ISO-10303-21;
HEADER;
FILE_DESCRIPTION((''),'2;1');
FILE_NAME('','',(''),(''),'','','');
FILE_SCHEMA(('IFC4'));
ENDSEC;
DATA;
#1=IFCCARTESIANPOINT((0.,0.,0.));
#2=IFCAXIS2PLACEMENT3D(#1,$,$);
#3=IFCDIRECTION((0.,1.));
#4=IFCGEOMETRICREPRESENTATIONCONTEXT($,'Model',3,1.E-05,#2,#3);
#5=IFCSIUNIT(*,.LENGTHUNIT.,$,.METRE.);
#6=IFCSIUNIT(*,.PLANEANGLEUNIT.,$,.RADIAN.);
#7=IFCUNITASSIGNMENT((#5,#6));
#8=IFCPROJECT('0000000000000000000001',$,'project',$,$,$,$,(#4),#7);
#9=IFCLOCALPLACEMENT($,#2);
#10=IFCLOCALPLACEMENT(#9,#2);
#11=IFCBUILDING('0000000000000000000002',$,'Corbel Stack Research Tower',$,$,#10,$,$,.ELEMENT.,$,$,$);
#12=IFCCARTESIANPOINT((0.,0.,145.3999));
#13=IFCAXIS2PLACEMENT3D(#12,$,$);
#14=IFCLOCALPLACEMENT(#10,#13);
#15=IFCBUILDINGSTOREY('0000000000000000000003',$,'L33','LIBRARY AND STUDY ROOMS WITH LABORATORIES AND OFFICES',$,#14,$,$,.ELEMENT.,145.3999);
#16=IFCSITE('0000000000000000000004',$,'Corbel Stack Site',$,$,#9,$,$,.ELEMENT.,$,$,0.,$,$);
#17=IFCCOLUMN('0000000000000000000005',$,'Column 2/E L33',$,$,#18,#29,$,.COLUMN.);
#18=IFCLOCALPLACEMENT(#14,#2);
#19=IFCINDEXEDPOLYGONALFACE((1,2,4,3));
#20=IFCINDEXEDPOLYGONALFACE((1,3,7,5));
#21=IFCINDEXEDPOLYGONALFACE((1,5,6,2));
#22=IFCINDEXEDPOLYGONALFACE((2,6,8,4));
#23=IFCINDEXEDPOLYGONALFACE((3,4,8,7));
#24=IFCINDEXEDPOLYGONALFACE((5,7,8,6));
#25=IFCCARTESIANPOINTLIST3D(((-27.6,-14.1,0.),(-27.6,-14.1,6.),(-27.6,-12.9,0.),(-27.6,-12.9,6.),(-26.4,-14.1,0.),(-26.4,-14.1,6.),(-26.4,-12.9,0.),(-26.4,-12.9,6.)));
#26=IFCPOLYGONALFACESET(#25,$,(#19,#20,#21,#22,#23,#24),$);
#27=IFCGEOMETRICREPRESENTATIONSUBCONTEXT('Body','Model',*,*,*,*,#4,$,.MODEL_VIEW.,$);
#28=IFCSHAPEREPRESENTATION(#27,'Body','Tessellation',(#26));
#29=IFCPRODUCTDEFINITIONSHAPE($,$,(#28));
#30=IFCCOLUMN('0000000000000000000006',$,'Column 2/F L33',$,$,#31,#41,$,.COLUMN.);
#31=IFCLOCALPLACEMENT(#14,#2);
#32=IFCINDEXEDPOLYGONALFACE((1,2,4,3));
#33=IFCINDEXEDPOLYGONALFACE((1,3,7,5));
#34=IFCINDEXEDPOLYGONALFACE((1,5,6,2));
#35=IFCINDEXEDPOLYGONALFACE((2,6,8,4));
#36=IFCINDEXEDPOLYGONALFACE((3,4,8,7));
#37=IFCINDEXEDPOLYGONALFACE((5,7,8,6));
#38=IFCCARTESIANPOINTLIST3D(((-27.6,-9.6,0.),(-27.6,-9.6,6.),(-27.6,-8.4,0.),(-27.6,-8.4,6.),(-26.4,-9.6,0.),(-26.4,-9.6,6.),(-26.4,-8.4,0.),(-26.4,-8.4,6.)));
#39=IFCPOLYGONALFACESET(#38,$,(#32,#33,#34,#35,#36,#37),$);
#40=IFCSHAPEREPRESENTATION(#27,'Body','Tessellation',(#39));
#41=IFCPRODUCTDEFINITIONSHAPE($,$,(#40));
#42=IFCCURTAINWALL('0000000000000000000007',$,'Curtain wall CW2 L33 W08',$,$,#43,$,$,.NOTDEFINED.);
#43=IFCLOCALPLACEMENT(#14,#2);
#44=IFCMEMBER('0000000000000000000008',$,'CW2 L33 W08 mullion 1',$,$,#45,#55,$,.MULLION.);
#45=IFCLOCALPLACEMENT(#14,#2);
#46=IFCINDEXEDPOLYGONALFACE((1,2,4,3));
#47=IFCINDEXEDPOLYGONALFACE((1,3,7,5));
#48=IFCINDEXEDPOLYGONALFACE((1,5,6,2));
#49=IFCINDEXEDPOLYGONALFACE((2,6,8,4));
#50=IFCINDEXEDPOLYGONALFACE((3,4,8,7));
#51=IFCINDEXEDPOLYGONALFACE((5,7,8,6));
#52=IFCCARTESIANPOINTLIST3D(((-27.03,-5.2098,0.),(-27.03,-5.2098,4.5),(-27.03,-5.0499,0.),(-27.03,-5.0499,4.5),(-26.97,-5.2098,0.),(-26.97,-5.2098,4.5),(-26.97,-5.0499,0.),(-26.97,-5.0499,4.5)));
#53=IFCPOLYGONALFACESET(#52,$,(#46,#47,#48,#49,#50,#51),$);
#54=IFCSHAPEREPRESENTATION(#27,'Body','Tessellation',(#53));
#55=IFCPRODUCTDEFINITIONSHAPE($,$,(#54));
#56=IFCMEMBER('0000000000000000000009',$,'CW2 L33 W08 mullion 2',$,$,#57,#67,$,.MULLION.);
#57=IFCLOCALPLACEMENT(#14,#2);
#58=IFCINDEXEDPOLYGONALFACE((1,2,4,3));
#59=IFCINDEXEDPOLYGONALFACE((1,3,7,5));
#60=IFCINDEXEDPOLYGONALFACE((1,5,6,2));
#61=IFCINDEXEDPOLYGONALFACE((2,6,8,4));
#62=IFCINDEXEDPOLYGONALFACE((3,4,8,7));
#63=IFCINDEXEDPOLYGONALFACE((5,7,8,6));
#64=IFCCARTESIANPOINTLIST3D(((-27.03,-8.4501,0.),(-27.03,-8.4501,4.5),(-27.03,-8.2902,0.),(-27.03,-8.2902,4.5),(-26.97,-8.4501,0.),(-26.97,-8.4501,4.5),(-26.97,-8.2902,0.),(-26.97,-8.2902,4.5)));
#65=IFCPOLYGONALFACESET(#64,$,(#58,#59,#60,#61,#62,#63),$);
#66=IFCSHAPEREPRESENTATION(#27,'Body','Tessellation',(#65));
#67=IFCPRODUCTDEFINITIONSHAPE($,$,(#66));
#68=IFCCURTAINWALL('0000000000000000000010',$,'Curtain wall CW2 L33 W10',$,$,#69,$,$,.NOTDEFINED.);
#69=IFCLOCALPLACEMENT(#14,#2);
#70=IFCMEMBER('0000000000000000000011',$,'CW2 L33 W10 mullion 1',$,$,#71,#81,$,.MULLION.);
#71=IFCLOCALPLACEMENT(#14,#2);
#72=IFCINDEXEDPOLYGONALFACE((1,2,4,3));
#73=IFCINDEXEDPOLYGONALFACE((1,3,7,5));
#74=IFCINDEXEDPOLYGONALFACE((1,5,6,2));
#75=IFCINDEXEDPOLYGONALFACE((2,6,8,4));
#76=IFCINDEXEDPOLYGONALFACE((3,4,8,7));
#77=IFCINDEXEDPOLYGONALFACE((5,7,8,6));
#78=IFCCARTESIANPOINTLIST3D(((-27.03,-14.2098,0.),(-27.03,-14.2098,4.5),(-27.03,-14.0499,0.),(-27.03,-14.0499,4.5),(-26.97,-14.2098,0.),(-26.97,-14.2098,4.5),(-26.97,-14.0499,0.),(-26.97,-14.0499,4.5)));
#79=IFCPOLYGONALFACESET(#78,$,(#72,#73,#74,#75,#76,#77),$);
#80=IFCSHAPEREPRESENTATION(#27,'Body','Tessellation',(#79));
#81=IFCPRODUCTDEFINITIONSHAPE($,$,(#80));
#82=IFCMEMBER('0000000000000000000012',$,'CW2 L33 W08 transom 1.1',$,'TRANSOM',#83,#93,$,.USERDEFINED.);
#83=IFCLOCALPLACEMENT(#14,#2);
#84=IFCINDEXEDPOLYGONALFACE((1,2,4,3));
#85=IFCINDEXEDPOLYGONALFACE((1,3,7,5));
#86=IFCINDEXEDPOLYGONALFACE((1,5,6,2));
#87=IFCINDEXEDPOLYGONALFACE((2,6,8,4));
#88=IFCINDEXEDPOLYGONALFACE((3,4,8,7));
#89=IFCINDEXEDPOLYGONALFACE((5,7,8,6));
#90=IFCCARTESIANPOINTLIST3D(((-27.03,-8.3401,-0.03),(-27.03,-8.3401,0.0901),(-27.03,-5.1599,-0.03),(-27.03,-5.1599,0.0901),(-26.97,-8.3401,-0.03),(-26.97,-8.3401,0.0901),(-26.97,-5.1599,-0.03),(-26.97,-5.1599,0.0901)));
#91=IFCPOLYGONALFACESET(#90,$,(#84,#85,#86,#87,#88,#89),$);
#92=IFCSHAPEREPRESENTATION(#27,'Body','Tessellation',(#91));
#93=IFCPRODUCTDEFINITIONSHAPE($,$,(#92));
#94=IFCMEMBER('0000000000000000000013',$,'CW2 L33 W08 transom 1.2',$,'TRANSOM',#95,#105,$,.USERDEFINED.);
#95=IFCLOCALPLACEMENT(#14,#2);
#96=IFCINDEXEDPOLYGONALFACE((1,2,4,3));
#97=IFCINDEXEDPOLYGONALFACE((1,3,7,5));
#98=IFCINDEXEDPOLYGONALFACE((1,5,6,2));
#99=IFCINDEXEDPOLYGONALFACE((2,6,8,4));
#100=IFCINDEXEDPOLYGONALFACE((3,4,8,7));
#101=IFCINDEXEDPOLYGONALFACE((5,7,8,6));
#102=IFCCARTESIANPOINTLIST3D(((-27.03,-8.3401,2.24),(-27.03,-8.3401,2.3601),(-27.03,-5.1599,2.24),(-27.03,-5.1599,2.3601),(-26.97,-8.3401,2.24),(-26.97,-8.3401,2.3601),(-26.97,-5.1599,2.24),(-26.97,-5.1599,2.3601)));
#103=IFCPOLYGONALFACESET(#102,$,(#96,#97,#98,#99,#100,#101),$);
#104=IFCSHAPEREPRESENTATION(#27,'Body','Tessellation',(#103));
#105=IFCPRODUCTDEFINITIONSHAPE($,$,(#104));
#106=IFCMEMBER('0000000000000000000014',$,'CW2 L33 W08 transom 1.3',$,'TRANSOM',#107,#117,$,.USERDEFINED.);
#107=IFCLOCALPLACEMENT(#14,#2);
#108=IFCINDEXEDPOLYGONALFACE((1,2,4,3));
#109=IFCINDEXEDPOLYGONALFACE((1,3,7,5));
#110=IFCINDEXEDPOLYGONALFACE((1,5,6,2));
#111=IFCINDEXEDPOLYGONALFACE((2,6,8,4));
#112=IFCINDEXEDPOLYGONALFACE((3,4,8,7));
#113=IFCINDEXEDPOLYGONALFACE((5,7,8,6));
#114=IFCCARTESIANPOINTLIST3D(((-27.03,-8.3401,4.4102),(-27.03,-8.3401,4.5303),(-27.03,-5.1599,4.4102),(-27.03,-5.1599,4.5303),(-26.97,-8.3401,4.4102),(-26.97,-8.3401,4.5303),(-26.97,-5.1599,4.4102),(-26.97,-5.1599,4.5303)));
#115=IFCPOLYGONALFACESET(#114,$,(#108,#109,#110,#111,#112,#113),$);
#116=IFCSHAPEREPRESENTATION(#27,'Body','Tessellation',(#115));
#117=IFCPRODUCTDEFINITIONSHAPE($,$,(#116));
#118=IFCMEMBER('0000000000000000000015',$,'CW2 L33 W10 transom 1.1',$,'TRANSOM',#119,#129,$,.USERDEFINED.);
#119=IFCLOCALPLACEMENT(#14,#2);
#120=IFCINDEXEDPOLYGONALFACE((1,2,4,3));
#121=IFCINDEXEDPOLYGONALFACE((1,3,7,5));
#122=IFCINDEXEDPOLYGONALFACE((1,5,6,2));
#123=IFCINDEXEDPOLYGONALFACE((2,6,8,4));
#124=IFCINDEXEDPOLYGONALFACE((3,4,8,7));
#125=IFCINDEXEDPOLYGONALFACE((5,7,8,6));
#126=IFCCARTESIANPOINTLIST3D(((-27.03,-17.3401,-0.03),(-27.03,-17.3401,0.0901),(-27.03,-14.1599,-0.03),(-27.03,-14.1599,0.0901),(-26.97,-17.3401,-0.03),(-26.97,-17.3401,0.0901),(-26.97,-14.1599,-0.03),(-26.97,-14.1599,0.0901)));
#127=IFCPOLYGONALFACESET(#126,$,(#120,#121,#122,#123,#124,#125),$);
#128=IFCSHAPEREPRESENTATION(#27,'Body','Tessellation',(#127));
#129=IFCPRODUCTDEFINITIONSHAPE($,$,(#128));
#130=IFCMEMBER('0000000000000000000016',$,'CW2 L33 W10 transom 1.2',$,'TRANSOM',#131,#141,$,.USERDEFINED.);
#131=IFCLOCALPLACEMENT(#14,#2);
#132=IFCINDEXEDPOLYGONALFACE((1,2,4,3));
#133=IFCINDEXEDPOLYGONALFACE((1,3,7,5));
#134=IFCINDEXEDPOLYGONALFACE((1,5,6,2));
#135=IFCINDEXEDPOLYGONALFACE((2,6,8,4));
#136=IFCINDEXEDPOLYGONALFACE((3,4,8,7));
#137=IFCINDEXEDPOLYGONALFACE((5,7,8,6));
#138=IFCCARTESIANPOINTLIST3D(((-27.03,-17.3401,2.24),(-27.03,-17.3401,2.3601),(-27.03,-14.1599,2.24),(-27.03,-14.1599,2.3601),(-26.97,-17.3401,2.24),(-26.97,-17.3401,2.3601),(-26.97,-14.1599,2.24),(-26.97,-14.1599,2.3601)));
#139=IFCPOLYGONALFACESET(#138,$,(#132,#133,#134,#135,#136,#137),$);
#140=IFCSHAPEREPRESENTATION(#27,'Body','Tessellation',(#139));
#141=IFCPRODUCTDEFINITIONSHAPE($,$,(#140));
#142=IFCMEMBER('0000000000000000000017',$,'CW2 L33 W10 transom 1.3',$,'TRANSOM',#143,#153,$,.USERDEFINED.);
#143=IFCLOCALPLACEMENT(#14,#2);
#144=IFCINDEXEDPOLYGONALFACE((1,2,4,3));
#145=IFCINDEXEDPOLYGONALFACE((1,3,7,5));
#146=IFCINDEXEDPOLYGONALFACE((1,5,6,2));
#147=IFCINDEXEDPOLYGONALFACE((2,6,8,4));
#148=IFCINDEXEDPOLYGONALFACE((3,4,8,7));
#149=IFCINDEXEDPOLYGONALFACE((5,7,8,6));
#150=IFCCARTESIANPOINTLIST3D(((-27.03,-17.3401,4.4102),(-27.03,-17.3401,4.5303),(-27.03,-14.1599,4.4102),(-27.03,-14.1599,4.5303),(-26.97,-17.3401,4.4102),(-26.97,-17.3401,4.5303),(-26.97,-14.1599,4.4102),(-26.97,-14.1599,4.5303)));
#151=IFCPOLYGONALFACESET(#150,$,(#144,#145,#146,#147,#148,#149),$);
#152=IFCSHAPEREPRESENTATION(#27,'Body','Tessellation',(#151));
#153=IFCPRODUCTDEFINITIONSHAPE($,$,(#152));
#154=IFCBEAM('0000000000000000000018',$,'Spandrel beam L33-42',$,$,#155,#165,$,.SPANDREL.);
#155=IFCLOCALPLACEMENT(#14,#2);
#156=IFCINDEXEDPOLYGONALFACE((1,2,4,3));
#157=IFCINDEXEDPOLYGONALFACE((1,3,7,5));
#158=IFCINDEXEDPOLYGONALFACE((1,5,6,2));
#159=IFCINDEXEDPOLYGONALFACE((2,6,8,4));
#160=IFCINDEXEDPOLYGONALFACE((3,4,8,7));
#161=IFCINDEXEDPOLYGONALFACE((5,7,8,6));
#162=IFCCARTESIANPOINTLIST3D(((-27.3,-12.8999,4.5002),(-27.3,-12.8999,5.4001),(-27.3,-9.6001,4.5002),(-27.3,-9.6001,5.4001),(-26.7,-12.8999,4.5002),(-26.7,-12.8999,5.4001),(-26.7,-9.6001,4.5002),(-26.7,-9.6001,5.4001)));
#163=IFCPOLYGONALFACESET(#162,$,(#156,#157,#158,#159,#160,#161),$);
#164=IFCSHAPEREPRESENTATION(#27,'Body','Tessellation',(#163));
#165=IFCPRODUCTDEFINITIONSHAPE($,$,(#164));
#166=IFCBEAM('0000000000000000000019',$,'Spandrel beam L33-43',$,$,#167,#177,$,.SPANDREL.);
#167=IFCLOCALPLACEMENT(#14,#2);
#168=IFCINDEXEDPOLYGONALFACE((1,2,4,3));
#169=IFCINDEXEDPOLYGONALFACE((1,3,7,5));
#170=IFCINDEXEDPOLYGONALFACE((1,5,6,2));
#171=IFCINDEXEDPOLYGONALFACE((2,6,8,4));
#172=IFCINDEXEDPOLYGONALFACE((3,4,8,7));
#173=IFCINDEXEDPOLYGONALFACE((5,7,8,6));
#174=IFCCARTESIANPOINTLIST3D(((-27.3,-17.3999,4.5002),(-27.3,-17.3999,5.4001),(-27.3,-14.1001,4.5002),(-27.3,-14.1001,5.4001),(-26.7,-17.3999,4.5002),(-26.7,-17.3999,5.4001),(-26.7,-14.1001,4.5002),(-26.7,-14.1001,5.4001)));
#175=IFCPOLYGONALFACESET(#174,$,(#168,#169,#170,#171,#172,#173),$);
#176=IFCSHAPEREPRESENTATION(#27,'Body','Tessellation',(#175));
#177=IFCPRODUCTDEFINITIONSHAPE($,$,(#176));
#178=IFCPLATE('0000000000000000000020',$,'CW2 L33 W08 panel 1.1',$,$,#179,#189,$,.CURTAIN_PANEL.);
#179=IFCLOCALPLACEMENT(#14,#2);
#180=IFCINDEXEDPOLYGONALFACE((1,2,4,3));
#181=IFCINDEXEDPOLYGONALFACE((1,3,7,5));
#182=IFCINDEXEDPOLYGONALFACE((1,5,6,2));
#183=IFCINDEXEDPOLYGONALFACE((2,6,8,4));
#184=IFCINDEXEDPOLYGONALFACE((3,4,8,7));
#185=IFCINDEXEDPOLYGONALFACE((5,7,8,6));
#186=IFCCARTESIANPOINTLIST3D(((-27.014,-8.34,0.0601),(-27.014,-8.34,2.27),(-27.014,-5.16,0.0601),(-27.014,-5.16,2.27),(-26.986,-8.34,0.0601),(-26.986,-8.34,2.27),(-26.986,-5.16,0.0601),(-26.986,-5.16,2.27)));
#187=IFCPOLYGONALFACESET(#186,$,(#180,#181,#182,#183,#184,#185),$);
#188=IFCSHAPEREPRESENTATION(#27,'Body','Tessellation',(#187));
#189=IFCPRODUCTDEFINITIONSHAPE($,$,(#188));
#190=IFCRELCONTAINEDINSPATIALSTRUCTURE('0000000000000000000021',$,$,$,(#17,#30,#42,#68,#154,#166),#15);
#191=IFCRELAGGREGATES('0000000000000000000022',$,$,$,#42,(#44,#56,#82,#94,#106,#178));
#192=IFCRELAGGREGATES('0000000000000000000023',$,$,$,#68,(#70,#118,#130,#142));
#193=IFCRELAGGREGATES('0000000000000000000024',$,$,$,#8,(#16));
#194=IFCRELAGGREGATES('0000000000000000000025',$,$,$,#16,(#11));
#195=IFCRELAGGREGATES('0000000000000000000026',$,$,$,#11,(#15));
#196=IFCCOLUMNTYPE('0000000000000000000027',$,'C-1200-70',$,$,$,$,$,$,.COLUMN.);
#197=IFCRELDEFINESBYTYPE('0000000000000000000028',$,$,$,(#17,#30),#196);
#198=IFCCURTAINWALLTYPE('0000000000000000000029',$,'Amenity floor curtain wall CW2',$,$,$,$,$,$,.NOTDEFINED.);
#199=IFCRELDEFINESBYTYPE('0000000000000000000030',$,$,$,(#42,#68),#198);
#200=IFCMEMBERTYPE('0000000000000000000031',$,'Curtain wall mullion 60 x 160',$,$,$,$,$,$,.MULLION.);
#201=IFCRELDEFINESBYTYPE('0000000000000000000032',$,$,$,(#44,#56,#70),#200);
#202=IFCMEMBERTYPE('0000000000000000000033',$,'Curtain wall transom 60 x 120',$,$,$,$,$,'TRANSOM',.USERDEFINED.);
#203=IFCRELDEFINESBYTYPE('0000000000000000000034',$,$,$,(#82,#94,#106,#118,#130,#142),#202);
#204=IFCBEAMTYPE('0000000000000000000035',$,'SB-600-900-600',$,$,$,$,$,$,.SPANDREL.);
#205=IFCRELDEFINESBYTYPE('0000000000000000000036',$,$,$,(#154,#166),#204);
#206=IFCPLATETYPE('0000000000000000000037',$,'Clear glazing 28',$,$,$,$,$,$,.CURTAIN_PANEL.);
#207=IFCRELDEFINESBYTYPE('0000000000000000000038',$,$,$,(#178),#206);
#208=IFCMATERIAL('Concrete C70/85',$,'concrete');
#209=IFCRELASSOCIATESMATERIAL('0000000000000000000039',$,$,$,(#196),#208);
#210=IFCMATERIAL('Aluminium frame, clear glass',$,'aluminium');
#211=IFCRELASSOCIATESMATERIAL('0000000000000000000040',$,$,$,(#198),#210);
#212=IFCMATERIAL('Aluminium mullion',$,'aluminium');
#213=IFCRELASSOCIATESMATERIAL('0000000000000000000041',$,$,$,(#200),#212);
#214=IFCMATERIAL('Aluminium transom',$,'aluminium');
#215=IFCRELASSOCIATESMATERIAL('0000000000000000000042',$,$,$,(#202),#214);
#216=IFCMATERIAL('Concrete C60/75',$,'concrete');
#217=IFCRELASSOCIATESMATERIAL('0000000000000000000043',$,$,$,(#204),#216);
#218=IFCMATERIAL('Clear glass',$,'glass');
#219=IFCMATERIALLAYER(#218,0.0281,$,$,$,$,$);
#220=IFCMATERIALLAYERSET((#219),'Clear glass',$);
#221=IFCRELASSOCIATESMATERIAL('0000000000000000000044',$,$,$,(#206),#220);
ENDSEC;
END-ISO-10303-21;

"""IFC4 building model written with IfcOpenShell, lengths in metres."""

from ifc_helpers import new_model, si_unit, direction, frame, origin, origin_2d, place, context, subcontext, project, spatial, rectangle, extrude, material, layer, layer_set, material_profile, profile_set, type_object, element, aggregate, save


model = new_model("IFC4")

# Units and contexts
model_context = context("Model", 3, precision=1e-05, world=origin(), true_north=direction((0.0, 1.0)))
body_context = subcontext(model_context, "Body", "Model", "MODEL_VIEW")
ifc_project = project(units=[si_unit("LENGTHUNIT", "METRE"), si_unit("PLANEANGLEUNIT", "RADIAN")], contexts=[model_context])

# Site, building, storey
site_placement = place(None, origin())
site = spatial("IfcSite", under=ifc_project, at=site_placement, Name="Corbel Stack Site", CompositionType="ELEMENT", RefElevation=0.0)
building_placement = place(site_placement, origin())
building = spatial("IfcBuilding", under=site, at=building_placement, Name="Corbel Stack Research Tower", CompositionType="ELEMENT")
storey_placement = place(building_placement, frame((0.0, 0.0, 145.3999)))
storey = spatial("IfcBuildingStorey", under=building, at=storey_placement, Name="L33", Description="LIBRARY AND STUDY ROOMS WITH LABORATORIES AND OFFICES", CompositionType="ELEMENT", Elevation=145.3999)

# Columns
ifc_material_1 = material(Name="Concrete C70/85", Category="concrete")
ifc_material_profile_1 = material_profile(ifc_material_1, rectangle(XDim=1.2, YDim=1.2, at=origin_2d()), Name="RC 1200 x 1200")
ifc_profile_set_1 = profile_set([ifc_material_profile_1], Name="Concrete C70/85")
column_type = type_object("IfcColumnType", Name="C-1200-70", PredefinedType="COLUMN", material=ifc_profile_set_1)
for number, where, z_axis, x_axis, name in (
    (1, (-27.0, -13.5, 0.0), (0.0, 0.0, 1.0), (1.0, 0.0, 0.0), "Column 2/E L33"),
    (2, (-27.0, -9.0, 0.0), (0.0, 0.0, 1.0), (1.0, 0.0, 0.0), "Column 2/F L33"),
):
    element("IfcColumn", number, at=place(storey_placement, frame(where, z_axis=z_axis, x_axis=x_axis)), inside=storey, type_object=column_type, Name=name, PredefinedType="COLUMN", context=body_context, shape_type="SweptSolid", body=[
        extrude(rectangle(XDim=1.2, YDim=1.2, at=origin_2d()), origin(), (0.0, 0.0, 1.0), 6.0),
    ])

# Curtain wall, members
ifc_material_2 = material(Name="Aluminium frame, clear glass", Category="aluminium")
curtain_wall_type = type_object("IfcCurtainWallType", Name="Amenity floor curtain wall CW2", PredefinedType="NOTDEFINED", material=ifc_material_2)
curtain_wall_1_placement = place(storey_placement, origin())
curtain_wall_1 = element("IfcCurtainWall", 3, at=curtain_wall_1_placement, inside=storey, type_object=curtain_wall_type, Name="Curtain wall CW2 L33 W08", PredefinedType="NOTDEFINED")
ifc_material_3 = material(Name="Aluminium mullion", Category="aluminium")
ifc_material_profile_2 = material_profile(ifc_material_3, rectangle(XDim=0.0601, YDim=0.1599, at=origin_2d()), Name="Mullion 60 x 160")
ifc_profile_set_2 = profile_set([ifc_material_profile_2], Name="Aluminium mullion")
member_type_1 = type_object("IfcMemberType", Name="Curtain wall mullion 60 x 160", PredefinedType="MULLION", material=ifc_profile_set_2)
member_1_placement = place(storey_placement, frame((-27.0, -5.1299, 0.0), z_axis=(0.0, 0.0, 1.0), x_axis=(1.0, 0.0, 0.0)))
member_1 = element("IfcMember", 4, at=member_1_placement, type_object=member_type_1, Name="CW2 L33 W08 mullion 1", PredefinedType="MULLION", context=body_context, shape_type="SweptSolid", body=[
    extrude(rectangle(XDim=0.0601, YDim=0.1599, at=origin_2d()), origin(), (0.0, 0.0, 1.0), 4.5),
])
member_2_placement = place(storey_placement, frame((-27.0, -8.3701, 0.0), z_axis=(0.0, 0.0, 1.0), x_axis=(1.0, 0.0, 0.0)))
member_2 = element("IfcMember", 5, at=member_2_placement, type_object=member_type_1, Name="CW2 L33 W08 mullion 2", PredefinedType="MULLION", context=body_context, shape_type="SweptSolid", body=[
    extrude(rectangle(XDim=0.0601, YDim=0.1599, at=origin_2d()), origin(), (0.0, 0.0, 1.0), 4.5),
])

# Curtain wall, member
curtain_wall_2_placement = place(storey_placement, origin())
curtain_wall_2 = element("IfcCurtainWall", 6, at=curtain_wall_2_placement, inside=storey, type_object=curtain_wall_type, Name="Curtain wall CW2 L33 W10", PredefinedType="NOTDEFINED")
member_3_placement = place(storey_placement, frame((-27.0, -14.1299, 0.0), z_axis=(0.0, 0.0, 1.0), x_axis=(1.0, 0.0, 0.0)))
member_3 = element("IfcMember", 7, at=member_3_placement, type_object=member_type_1, Name="CW2 L33 W10 mullion 1", PredefinedType="MULLION", context=body_context, shape_type="SweptSolid", body=[
    extrude(rectangle(XDim=0.0601, YDim=0.1599, at=origin_2d()), origin(), (0.0, 0.0, 1.0), 4.5),
])

# Members
ifc_material_4 = material(Name="Aluminium transom", Category="aluminium")
ifc_material_profile_3 = material_profile(ifc_material_4, rectangle(XDim=0.0601, YDim=0.1201, at=origin_2d()), Name="Transom 60 x 120")
ifc_profile_set_3 = profile_set([ifc_material_profile_3], Name="Aluminium transom")
member_type_2 = type_object("IfcMemberType", Name="Curtain wall transom 60 x 120", ElementType="TRANSOM", PredefinedType="USERDEFINED", material=ifc_profile_set_3)
member_4_placement = place(storey_placement, frame((-27.0, -5.1599, 0.03), z_axis=(0.0, -1.0, 0.0), x_axis=(1.0, 0.0, 0.0)))
member_4 = element("IfcMember", 8, at=member_4_placement, type_object=member_type_2, Name="CW2 L33 W08 transom 1.1", ObjectType="TRANSOM", PredefinedType="USERDEFINED", context=body_context, shape_type="SweptSolid", body=[
    extrude(rectangle(XDim=0.0601, YDim=0.1201, at=origin_2d()), origin(), (0.0, 0.0, 1.0), 3.1802),
])
member_5_placement = place(storey_placement, frame((-27.0, -5.1599, 2.3), z_axis=(0.0, -1.0, 0.0), x_axis=(1.0, 0.0, 0.0)))
member_5 = element("IfcMember", 9, at=member_5_placement, type_object=member_type_2, Name="CW2 L33 W08 transom 1.2", ObjectType="TRANSOM", PredefinedType="USERDEFINED", context=body_context, shape_type="SweptSolid", body=[
    extrude(rectangle(XDim=0.0601, YDim=0.1201, at=origin_2d()), origin(), (0.0, 0.0, 1.0), 3.1802),
])
member_6_placement = place(storey_placement, frame((-27.0, -5.1599, 4.4702), z_axis=(0.0, -1.0, 0.0), x_axis=(1.0, 0.0, 0.0)))
member_6 = element("IfcMember", 10, at=member_6_placement, type_object=member_type_2, Name="CW2 L33 W08 transom 1.3", ObjectType="TRANSOM", PredefinedType="USERDEFINED", context=body_context, shape_type="SweptSolid", body=[
    extrude(rectangle(XDim=0.0601, YDim=0.1201, at=origin_2d()), origin(), (0.0, 0.0, 1.0), 3.1802),
])
member_7_placement = place(storey_placement, frame((-27.0, -14.1599, 0.03), z_axis=(0.0, -1.0, 0.0), x_axis=(1.0, 0.0, 0.0)))
member_7 = element("IfcMember", 11, at=member_7_placement, type_object=member_type_2, Name="CW2 L33 W10 transom 1.1", ObjectType="TRANSOM", PredefinedType="USERDEFINED", context=body_context, shape_type="SweptSolid", body=[
    extrude(rectangle(XDim=0.0601, YDim=0.1201, at=origin_2d()), origin(), (0.0, 0.0, 1.0), 3.1802),
])
member_8_placement = place(storey_placement, frame((-27.0, -14.1599, 2.3), z_axis=(0.0, -1.0, 0.0), x_axis=(1.0, 0.0, 0.0)))
member_8 = element("IfcMember", 12, at=member_8_placement, type_object=member_type_2, Name="CW2 L33 W10 transom 1.2", ObjectType="TRANSOM", PredefinedType="USERDEFINED", context=body_context, shape_type="SweptSolid", body=[
    extrude(rectangle(XDim=0.0601, YDim=0.1201, at=origin_2d()), origin(), (0.0, 0.0, 1.0), 3.1802),
])
member_9_placement = place(storey_placement, frame((-27.0, -14.1599, 4.4702), z_axis=(0.0, -1.0, 0.0), x_axis=(1.0, 0.0, 0.0)))
member_9 = element("IfcMember", 13, at=member_9_placement, type_object=member_type_2, Name="CW2 L33 W10 transom 1.3", ObjectType="TRANSOM", PredefinedType="USERDEFINED", context=body_context, shape_type="SweptSolid", body=[
    extrude(rectangle(XDim=0.0601, YDim=0.1201, at=origin_2d()), origin(), (0.0, 0.0, 1.0), 3.1802),
])

# Beams
ifc_material_5 = material(Name="Concrete C60/75", Category="concrete")
ifc_material_profile_4 = material_profile(ifc_material_5, rectangle(XDim=0.6001, YDim=0.8999, at=origin_2d()), Name="RC 600 x 900")
ifc_profile_set_4 = profile_set([ifc_material_profile_4], Name="Concrete C60/75")
beam_type = type_object("IfcBeamType", Name="SB-600-900-600", PredefinedType="SPANDREL", material=ifc_profile_set_4)
for number, where, z_axis, x_axis, name in (
    (14, (-27.0, -9.6001, 4.9502), (0.0, -1.0, 0.0), (1.0, 0.0, 0.0), "Spandrel beam L33-42"),
    (15, (-27.0, -14.1001, 4.9502), (0.0, -1.0, 0.0), (1.0, 0.0, 0.0), "Spandrel beam L33-43"),
):
    element("IfcBeam", number, at=place(storey_placement, frame(where, z_axis=z_axis, x_axis=x_axis)), inside=storey, type_object=beam_type, Name=name, PredefinedType="SPANDREL", context=body_context, shape_type="SweptSolid", body=[
        extrude(rectangle(XDim=0.6001, YDim=0.8999, at=origin_2d()), origin(), (0.0, 0.0, 1.0), 3.2998),
    ])

# Plate
ifc_material_6 = material(Name="Clear glass", Category="glass")
ifc_layer_1 = layer(ifc_material_6, 0.0281)
ifc_layer_set_1 = layer_set([ifc_layer_1], Name="Clear glass")
plate_type = type_object("IfcPlateType", Name="Clear glazing 28", PredefinedType="CURTAIN_PANEL", material=ifc_layer_set_1)
plate_1_placement = place(storey_placement, frame((-27.0, -6.75, 0.0601), z_axis=(0.0, 0.0, 1.0), x_axis=(0.0, -1.0, 0.0)))
plate_1 = element("IfcPlate", 16, at=plate_1_placement, type_object=plate_type, Name="CW2 L33 W08 panel 1.1", PredefinedType="CURTAIN_PANEL", context=body_context, shape_type="SweptSolid", body=[
    extrude(rectangle(XDim=3.1799, YDim=0.0281, at=origin_2d()), origin(), (0.0, 0.0, 1.0), 2.21),
])
aggregate(curtain_wall_1, [member_1, member_2, member_4, member_5, member_6, plate_1])
aggregate(curtain_wall_2, [member_3, member_7, member_8, member_9])

save(model, "model.ifc")
